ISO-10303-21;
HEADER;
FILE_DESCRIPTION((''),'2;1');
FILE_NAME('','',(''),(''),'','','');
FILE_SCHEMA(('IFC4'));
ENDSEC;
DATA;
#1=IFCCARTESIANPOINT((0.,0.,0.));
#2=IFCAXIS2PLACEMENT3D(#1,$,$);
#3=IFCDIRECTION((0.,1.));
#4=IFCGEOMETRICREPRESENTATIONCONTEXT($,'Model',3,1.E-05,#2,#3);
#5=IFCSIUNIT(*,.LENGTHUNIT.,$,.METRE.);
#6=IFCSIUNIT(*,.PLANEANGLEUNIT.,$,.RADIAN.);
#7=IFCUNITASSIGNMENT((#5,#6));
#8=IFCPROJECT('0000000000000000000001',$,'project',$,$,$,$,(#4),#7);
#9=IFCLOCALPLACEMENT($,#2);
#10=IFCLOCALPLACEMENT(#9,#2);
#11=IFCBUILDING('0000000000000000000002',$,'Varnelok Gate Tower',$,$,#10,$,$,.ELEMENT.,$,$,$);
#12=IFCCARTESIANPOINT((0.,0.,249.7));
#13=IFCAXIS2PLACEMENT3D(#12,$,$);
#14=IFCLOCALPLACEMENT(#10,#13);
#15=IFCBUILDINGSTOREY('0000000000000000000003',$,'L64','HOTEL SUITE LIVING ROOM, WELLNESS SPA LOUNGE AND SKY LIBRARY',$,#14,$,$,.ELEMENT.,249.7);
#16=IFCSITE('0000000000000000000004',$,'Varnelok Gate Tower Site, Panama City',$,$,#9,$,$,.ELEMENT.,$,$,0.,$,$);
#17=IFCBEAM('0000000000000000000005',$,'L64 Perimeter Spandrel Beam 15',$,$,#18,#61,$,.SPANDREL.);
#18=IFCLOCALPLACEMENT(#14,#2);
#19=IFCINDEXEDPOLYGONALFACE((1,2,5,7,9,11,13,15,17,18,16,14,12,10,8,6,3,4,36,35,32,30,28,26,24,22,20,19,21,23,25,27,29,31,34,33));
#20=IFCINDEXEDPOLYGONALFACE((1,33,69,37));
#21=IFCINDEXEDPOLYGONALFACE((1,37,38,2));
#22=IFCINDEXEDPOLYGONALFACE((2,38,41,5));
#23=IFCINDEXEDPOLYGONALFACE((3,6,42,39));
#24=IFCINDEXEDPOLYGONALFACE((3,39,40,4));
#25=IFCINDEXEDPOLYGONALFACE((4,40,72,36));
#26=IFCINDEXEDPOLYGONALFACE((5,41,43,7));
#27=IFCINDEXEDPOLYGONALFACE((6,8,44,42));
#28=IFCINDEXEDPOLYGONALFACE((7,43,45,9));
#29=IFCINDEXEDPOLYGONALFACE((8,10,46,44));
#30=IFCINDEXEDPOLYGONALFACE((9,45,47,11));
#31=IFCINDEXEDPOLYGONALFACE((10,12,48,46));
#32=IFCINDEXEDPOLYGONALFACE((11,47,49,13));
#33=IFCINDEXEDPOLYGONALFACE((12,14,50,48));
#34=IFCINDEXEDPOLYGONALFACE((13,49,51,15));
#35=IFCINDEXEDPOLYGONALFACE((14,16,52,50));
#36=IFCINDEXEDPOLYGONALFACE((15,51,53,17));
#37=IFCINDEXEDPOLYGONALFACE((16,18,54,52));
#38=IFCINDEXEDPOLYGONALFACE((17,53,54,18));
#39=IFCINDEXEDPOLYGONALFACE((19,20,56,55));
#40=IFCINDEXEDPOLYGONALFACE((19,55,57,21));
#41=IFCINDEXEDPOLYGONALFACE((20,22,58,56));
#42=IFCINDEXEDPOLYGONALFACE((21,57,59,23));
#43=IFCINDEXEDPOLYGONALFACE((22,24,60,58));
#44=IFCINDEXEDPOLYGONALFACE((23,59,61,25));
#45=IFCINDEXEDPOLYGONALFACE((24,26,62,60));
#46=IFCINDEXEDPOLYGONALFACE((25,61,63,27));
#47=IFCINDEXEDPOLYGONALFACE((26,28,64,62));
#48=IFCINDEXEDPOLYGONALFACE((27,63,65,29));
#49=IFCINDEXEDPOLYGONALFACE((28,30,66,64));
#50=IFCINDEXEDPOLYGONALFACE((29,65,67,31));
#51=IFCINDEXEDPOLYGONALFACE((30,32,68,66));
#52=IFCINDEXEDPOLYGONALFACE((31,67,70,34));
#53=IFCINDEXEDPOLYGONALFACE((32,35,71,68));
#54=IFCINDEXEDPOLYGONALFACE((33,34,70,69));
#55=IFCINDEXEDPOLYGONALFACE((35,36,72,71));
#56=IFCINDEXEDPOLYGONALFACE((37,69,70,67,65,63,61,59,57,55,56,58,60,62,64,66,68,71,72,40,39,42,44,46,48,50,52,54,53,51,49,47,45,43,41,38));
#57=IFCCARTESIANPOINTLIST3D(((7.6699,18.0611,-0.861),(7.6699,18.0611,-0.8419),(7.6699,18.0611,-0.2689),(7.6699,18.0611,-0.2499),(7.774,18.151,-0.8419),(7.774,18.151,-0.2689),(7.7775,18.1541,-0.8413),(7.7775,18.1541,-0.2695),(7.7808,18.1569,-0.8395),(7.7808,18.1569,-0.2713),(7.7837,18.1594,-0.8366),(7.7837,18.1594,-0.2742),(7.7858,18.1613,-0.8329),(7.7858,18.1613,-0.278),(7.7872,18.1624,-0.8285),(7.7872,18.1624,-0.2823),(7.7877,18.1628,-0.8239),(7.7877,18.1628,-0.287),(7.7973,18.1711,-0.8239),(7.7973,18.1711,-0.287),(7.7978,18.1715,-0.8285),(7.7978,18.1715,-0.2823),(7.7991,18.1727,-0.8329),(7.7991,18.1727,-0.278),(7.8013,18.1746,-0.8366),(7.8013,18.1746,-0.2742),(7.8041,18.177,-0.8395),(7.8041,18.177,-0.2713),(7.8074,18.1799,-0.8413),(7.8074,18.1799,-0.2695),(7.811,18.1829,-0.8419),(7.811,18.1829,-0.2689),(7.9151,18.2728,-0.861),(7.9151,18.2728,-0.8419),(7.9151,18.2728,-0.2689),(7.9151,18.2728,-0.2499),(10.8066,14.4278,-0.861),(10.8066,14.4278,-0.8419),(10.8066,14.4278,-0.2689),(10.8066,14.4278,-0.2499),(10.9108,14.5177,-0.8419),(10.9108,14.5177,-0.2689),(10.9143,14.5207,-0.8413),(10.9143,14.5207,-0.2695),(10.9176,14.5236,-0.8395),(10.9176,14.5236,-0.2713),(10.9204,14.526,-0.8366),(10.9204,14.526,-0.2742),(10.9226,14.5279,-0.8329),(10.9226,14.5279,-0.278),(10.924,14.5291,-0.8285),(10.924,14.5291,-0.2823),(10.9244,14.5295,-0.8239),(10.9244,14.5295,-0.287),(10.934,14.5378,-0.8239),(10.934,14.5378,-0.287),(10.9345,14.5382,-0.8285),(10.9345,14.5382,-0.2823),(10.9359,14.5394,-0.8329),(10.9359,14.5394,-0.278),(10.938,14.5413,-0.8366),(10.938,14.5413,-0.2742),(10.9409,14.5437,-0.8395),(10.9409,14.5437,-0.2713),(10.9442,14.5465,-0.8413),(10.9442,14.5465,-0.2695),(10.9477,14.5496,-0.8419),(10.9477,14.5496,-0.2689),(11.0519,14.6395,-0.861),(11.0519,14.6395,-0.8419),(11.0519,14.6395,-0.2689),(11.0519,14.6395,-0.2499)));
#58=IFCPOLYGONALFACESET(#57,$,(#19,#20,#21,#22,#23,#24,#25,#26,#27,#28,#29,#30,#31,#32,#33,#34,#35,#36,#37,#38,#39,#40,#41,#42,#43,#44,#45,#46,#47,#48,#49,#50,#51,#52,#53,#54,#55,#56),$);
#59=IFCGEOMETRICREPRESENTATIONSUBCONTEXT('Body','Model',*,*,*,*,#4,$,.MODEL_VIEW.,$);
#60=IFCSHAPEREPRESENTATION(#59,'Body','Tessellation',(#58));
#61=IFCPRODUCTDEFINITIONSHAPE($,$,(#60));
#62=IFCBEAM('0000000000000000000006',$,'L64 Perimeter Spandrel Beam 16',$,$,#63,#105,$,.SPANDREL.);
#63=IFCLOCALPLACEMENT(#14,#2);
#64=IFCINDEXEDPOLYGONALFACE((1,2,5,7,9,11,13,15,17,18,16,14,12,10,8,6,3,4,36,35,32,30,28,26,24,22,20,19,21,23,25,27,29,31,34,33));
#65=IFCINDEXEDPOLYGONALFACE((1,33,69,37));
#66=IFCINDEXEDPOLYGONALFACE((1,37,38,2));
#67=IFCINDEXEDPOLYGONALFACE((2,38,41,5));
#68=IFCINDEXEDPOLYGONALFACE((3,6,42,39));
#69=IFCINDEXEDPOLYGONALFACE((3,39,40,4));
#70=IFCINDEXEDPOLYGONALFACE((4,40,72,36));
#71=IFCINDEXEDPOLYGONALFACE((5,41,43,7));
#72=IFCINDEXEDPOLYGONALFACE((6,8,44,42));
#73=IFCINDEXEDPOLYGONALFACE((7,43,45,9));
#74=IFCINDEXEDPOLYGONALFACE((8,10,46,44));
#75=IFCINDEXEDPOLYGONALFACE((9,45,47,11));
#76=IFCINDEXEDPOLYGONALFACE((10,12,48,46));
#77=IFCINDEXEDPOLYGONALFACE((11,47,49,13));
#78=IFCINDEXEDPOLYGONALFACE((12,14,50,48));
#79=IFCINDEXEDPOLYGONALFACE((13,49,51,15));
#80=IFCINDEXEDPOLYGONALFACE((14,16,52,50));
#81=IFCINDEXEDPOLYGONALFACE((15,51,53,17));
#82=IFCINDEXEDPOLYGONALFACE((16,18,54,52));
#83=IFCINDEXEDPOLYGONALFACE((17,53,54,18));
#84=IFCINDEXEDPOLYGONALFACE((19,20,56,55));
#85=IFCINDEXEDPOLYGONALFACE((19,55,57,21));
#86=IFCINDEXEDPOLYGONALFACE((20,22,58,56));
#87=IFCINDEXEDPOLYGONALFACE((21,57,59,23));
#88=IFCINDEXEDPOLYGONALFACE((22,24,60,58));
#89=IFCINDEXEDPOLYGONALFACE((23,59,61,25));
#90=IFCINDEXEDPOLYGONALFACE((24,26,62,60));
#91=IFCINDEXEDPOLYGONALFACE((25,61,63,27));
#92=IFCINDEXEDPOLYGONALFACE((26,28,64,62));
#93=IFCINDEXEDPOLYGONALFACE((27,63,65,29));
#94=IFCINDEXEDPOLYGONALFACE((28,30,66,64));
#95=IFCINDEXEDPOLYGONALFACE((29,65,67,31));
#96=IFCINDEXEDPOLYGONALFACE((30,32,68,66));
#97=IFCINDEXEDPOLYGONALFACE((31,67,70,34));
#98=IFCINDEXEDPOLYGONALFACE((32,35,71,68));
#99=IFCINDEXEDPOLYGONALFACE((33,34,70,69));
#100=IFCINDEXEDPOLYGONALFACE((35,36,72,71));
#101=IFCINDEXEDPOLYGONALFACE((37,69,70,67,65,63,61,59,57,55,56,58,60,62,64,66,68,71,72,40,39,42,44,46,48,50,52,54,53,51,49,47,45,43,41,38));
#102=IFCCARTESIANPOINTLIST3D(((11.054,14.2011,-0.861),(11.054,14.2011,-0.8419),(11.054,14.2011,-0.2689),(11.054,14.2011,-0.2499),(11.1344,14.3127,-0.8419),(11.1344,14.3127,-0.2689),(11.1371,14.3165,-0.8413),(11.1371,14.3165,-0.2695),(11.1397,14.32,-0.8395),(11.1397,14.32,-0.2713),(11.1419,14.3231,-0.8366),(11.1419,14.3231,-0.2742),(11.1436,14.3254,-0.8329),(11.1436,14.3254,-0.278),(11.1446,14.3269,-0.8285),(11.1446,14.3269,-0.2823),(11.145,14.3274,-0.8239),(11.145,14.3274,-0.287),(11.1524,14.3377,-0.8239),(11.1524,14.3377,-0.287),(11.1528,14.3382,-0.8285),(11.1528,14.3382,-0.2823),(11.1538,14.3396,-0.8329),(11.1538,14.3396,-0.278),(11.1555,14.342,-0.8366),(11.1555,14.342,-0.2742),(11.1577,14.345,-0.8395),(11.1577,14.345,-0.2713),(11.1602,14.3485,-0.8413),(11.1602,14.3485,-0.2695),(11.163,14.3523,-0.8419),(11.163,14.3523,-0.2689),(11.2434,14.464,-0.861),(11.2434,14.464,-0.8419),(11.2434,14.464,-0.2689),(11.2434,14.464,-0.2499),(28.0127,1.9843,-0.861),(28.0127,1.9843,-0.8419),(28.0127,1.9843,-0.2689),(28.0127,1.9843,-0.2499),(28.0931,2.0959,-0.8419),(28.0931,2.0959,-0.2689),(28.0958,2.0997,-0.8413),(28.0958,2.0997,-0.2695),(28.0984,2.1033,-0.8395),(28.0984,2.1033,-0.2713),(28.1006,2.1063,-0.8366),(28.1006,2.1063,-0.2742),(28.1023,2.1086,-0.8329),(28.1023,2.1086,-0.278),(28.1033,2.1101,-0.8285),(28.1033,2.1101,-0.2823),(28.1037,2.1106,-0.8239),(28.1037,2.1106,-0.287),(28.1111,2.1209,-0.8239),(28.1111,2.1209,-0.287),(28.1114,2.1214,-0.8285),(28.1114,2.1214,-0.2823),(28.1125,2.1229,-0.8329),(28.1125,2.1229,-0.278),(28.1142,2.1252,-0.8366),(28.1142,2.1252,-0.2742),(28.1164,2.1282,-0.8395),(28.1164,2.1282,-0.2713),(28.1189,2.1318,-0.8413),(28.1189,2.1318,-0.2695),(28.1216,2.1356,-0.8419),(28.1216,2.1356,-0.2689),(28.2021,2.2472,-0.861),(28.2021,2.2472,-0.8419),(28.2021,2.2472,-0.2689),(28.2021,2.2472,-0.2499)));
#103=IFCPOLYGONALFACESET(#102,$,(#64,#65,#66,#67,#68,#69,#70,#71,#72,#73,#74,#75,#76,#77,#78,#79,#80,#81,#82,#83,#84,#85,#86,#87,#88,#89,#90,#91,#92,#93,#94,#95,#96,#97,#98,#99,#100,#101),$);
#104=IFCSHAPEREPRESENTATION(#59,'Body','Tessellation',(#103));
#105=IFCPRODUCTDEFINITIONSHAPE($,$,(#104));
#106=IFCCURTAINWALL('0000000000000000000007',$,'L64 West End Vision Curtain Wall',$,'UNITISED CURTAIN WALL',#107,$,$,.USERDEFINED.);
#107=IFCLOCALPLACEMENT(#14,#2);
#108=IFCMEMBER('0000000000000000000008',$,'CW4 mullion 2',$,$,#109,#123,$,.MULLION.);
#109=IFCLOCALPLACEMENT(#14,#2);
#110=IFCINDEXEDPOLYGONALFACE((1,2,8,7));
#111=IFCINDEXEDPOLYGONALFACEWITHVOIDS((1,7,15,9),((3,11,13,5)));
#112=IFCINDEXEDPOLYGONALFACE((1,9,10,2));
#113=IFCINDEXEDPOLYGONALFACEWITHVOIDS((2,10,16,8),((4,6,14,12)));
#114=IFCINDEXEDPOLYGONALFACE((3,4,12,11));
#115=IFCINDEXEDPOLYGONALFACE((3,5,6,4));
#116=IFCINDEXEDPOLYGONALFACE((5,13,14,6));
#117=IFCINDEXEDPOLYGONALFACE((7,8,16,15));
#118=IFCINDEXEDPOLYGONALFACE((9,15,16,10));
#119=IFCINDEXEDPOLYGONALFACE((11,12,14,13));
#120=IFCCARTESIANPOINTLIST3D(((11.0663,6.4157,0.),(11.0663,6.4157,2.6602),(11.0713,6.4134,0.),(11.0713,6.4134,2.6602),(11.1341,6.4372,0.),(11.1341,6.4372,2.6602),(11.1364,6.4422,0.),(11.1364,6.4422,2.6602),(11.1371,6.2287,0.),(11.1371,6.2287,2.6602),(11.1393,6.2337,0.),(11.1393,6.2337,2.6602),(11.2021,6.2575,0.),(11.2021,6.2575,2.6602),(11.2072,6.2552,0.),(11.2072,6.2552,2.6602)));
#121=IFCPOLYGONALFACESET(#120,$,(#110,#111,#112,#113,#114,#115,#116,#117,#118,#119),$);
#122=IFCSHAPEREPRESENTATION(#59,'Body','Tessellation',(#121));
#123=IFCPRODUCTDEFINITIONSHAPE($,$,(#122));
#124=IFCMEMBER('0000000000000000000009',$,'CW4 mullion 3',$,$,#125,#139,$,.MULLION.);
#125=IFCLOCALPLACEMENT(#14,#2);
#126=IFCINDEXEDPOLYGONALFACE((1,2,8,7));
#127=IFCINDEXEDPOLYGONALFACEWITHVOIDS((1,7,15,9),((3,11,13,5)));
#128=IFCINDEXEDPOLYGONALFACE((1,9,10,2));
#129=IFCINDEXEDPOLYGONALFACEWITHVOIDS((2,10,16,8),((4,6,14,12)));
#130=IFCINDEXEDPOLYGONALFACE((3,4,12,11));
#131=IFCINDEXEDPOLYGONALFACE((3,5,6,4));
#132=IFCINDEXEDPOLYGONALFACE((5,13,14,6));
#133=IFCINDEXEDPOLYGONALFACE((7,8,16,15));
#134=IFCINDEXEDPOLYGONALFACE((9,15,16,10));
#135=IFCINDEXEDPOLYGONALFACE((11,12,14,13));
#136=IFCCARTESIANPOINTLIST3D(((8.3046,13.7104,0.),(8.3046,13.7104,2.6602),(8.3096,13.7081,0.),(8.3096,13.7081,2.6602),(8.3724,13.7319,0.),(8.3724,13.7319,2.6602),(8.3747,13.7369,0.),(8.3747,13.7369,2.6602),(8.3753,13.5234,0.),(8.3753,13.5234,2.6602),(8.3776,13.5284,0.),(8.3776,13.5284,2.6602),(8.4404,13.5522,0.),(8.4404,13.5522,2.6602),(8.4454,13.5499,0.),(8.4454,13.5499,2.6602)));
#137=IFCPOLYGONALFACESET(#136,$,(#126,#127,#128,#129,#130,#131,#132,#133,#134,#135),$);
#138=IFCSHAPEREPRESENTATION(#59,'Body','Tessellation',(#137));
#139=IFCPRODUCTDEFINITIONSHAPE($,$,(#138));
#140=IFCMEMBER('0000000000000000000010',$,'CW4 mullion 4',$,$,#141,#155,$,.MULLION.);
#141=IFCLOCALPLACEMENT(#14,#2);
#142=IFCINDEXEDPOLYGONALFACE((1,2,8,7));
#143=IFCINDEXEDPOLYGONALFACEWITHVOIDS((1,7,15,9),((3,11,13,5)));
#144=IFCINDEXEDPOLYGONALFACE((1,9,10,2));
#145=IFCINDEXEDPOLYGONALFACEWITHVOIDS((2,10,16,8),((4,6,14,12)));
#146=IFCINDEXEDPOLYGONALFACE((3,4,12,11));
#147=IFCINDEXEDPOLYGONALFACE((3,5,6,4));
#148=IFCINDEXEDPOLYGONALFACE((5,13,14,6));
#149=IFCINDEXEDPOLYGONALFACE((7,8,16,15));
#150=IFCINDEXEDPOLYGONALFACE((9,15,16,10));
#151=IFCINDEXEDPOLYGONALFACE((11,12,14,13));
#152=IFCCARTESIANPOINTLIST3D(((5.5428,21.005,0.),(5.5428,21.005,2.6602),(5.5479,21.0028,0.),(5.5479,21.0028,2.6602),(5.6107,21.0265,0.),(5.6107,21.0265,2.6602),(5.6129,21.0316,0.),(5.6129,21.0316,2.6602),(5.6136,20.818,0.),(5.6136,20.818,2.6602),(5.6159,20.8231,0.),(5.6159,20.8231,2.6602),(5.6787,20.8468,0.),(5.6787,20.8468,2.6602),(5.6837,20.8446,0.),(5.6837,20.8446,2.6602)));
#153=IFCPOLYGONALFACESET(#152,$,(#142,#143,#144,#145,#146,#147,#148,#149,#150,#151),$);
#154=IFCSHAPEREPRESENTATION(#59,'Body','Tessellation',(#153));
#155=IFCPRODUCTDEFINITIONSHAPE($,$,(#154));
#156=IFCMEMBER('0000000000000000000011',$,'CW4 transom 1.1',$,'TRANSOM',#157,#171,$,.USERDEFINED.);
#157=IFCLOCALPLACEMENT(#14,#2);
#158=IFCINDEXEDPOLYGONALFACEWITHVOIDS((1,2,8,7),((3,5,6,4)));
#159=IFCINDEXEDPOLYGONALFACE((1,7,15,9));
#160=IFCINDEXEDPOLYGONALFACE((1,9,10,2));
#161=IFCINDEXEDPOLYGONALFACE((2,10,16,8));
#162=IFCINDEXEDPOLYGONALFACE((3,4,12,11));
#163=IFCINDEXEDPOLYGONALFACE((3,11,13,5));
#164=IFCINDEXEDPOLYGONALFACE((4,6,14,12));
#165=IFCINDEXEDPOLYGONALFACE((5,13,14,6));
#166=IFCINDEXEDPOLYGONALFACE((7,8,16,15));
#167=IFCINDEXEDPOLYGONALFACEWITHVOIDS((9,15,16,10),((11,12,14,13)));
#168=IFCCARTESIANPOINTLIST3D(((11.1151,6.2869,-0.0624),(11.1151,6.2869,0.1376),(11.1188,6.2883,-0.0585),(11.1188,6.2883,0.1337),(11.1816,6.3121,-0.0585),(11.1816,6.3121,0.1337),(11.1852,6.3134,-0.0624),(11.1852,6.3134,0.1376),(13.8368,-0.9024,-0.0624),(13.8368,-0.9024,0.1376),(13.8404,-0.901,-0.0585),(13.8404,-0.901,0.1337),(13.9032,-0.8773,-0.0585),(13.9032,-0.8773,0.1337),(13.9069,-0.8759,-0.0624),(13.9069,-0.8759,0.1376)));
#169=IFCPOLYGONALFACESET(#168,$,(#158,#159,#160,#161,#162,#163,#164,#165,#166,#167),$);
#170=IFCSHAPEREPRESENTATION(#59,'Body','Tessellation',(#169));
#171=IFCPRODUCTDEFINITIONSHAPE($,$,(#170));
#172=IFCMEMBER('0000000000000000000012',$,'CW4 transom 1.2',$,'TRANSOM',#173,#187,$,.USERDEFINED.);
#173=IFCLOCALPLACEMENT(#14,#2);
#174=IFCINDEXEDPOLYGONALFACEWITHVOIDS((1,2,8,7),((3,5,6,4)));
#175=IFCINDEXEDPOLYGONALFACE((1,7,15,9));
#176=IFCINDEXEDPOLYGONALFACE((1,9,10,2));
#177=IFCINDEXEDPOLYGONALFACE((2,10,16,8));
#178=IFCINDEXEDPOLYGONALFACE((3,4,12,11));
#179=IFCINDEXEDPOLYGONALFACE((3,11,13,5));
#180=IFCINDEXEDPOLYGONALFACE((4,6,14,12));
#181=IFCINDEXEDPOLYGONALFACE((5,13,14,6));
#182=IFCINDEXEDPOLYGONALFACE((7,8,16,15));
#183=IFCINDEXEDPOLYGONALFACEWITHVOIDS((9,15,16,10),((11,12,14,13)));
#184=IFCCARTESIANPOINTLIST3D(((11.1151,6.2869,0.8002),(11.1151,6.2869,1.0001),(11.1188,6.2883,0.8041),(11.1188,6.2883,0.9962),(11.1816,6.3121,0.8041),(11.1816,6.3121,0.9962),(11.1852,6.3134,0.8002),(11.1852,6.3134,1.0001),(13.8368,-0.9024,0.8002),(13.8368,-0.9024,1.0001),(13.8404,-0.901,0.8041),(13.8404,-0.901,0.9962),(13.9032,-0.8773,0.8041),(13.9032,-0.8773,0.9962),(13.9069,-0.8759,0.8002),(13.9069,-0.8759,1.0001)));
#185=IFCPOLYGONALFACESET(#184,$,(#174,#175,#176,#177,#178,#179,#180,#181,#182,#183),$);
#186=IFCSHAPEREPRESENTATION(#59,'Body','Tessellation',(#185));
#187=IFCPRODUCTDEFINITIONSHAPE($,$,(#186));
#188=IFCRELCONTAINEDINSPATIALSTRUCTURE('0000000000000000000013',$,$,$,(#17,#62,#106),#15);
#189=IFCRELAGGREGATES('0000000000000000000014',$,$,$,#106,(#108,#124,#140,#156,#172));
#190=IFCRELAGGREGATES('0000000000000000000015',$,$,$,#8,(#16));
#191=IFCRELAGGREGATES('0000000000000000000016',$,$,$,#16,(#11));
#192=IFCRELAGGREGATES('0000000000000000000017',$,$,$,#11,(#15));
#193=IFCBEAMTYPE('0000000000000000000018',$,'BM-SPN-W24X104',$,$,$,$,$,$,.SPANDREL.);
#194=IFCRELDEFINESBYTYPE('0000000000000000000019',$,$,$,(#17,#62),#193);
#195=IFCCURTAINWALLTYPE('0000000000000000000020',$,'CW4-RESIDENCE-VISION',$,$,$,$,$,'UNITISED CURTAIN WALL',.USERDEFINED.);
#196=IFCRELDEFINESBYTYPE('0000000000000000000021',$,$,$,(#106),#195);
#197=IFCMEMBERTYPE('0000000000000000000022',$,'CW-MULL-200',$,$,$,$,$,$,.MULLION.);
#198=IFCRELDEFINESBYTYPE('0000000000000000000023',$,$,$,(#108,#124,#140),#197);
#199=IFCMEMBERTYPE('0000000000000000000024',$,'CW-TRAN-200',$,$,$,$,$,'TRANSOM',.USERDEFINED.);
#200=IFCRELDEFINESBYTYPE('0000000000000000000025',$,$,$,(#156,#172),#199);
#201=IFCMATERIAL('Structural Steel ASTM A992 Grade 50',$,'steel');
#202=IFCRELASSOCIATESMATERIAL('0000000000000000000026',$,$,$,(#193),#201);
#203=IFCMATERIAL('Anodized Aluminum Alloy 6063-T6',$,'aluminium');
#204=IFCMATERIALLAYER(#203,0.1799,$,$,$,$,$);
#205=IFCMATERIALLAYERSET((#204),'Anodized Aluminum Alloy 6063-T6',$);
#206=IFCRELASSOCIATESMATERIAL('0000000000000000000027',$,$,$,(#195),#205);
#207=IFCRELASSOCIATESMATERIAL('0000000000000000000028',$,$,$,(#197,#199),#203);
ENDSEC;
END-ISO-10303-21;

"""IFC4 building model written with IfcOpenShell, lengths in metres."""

from ifc_helpers import new_model, si_unit, direction, frame, origin, origin_2d, place, context, subcontext, project, spatial, hollow_rectangle, i_section, extrude, material, layer, layer_set, material_profile, profile_set, type_object, element, aggregate, save


model = new_model("IFC4")

# Units and contexts
model_context = context("Model", 3, precision=1e-05, world=origin(), true_north=direction((0.0, 1.0)))
body_context = subcontext(model_context, "Body", "Model", "MODEL_VIEW")
ifc_project = project(units=[si_unit("LENGTHUNIT", "METRE"), si_unit("PLANEANGLEUNIT", "RADIAN")], contexts=[model_context])

# Site, building, storey
site_placement = place(None, origin())
site = spatial("IfcSite", under=ifc_project, at=site_placement, Name="Varnelok Gate Tower Site, Panama City", CompositionType="ELEMENT", RefElevation=0.0)
building_placement = place(site_placement, origin())
building = spatial("IfcBuilding", under=site, at=building_placement, Name="Varnelok Gate Tower", CompositionType="ELEMENT")
storey_placement = place(building_placement, frame((0.0, 0.0, 249.7)))
storey = spatial("IfcBuildingStorey", under=building, at=storey_placement, Name="L64", Description="HOTEL SUITE LIVING ROOM, WELLNESS SPA LOUNGE AND SKY LIBRARY", CompositionType="ELEMENT", Elevation=249.7)

# Shared definitions
ifc_material_1 = material(Name="Structural Steel ASTM A992 Grade 50", Category="steel")

# Beams
ifc_material_profile_1 = material_profile(ifc_material_1, i_section(OverallWidth=0.324, OverallDepth=0.6111, WebThickness=0.0127, FlangeThickness=0.019, FilletRadius=0.0181, at=origin_2d()), Name="W24X104")
ifc_profile_set_1 = profile_set([ifc_material_profile_1], Name="Structural Steel ASTM A992 Grade 50")
beam_type = type_object("IfcBeamType", Name="BM-SPN-W24X104", PredefinedType="SPANDREL", material=ifc_profile_set_1)
beam_1_placement = place(storey_placement, frame((7.7925, 18.167, -0.5554), z_axis=(0.653485, -0.75694, 0.0), x_axis=(0.75694, 0.653485, 0.0)))
element("IfcBeam", 1, at=beam_1_placement, inside=storey, type_object=beam_type, Name="L64 Perimeter Spandrel Beam 15", PredefinedType="SPANDREL", context=body_context, shape_type="SweptSolid", body=[
    extrude(i_section(OverallWidth=0.324, OverallDepth=0.6111, WebThickness=0.0127, FlangeThickness=0.019, FilletRadius=0.0181, at=origin_2d()), origin(), (0.0, 0.0, 1.0), 4.8),
])
beam_2_placement = place(storey_placement, frame((11.1487, 14.3325, -0.5554), z_axis=(0.811387, -0.58451, 0.0), x_axis=(0.58451, 0.811387, 0.0)))
element("IfcBeam", 2, at=beam_2_placement, inside=storey, type_object=beam_type, Name="L64 Perimeter Spandrel Beam 16", PredefinedType="SPANDREL", context=body_context, shape_type="SweptSolid", body=[
    extrude(i_section(OverallWidth=0.324, OverallDepth=0.6111, WebThickness=0.0127, FlangeThickness=0.019, FilletRadius=0.0181, at=origin_2d()), origin(), (0.0, 0.0, 1.0), 20.9009),
])

# Curtain wall, members
ifc_material_2 = material(Name="Anodized Aluminum Alloy 6063-T6", Category="aluminium")
ifc_layer_1 = layer(ifc_material_2, 0.1799)
ifc_layer_set_1 = layer_set([ifc_layer_1], Name="Anodized Aluminum Alloy 6063-T6")
curtain_wall_type = type_object("IfcCurtainWallType", Name="CW4-RESIDENCE-VISION", ElementType="UNITISED CURTAIN WALL", PredefinedType="USERDEFINED", material=ifc_layer_set_1)
curtain_wall_placement = place(storey_placement, origin())
curtain_wall = element("IfcCurtainWall", 3, at=curtain_wall_placement, inside=storey, type_object=curtain_wall_type, Name="L64 West End Vision Curtain Wall", ObjectType="UNITISED CURTAIN WALL", PredefinedType="USERDEFINED")
ifc_material_profile_2 = material_profile(ifc_material_2, hollow_rectangle(XDim=0.075, YDim=0.2, WallThickness=0.0039, at=origin_2d()), Name="ALU200X75X4")
ifc_profile_set_2 = profile_set([ifc_material_profile_2], Name="Anodized Aluminum Alloy 6063-T6")
member_type_1 = type_object("IfcMemberType", Name="CW-MULL-200", PredefinedType="MULLION", material=ifc_profile_set_2)
member_1_placement = place(storey_placement, frame((11.1367, 6.3354, 0.0), z_axis=(0.0, 0.0, 1.0), x_axis=(-0.935222, -0.354063, 0.0)))
member_1 = element("IfcMember", 4, at=member_1_placement, type_object=member_type_1, Name="CW4 mullion 2", PredefinedType="MULLION", context=body_context, shape_type="SweptSolid", body=[
    extrude(hollow_rectangle(XDim=0.075, YDim=0.2, WallThickness=0.0039, at=origin_2d()), origin(), (0.0, 0.0, 1.0), 2.6602),
])
member_2_placement = place(storey_placement, frame((8.375, 13.6301, 0.0), z_axis=(0.0, 0.0, 1.0), x_axis=(-0.935222, -0.354063, 0.0)))
member_2 = element("IfcMember", 5, at=member_2_placement, type_object=member_type_1, Name="CW4 mullion 3", PredefinedType="MULLION", context=body_context, shape_type="SweptSolid", body=[
    extrude(hollow_rectangle(XDim=0.075, YDim=0.2, WallThickness=0.0039, at=origin_2d()), origin(), (0.0, 0.0, 1.0), 2.6602),
])
member_3_placement = place(storey_placement, frame((5.6133, 20.9248, 0.0), z_axis=(0.0, 0.0, 1.0), x_axis=(-0.935222, -0.354063, 0.0)))
member_3 = element("IfcMember", 6, at=member_3_placement, type_object=member_type_1, Name="CW4 mullion 4", PredefinedType="MULLION", context=body_context, shape_type="SweptSolid", body=[
    extrude(hollow_rectangle(XDim=0.075, YDim=0.2, WallThickness=0.0039, at=origin_2d()), origin(), (0.0, 0.0, 1.0), 2.6602),
])
ifc_material_profile_3 = material_profile(ifc_material_2, hollow_rectangle(XDim=0.075, YDim=0.2, WallThickness=0.0039, at=origin_2d()), Name="ALU200X75X4")
ifc_profile_set_3 = profile_set([ifc_material_profile_3], Name="Anodized Aluminum Alloy 6063-T6")
member_type_2 = type_object("IfcMemberType", Name="CW-TRAN-200", ElementType="TRANSOM", PredefinedType="USERDEFINED", material=ifc_profile_set_3)
member_4_placement = place(storey_placement, frame((13.8718, -0.8892, 0.0376), z_axis=(-0.354045, 0.935228, 0.0), x_axis=(-0.935228, -0.354045, 0.0)))
member_4 = element("IfcMember", 7, at=member_4_placement, type_object=member_type_2, Name="CW4 transom 1.1", ObjectType="TRANSOM", PredefinedType="USERDEFINED", context=body_context, shape_type="SweptSolid", body=[
    extrude(hollow_rectangle(XDim=0.075, YDim=0.2, WallThickness=0.0039, at=origin_2d()), origin(), (0.0, 0.0, 1.0), 7.6873),
])
member_5_placement = place(storey_placement, frame((13.8718, -0.8892, 0.9001), z_axis=(-0.354045, 0.935228, 0.0), x_axis=(-0.935228, -0.354045, 0.0)))
member_5 = element("IfcMember", 8, at=member_5_placement, type_object=member_type_2, Name="CW4 transom 1.2", ObjectType="TRANSOM", PredefinedType="USERDEFINED", context=body_context, shape_type="SweptSolid", body=[
    extrude(hollow_rectangle(XDim=0.075, YDim=0.2, WallThickness=0.0039, at=origin_2d()), origin(), (0.0, 0.0, 1.0), 7.6873),
])

aggregate(curtain_wall, [member_1, member_2, member_3, member_4, member_5])

save(model, "model.ifc")
